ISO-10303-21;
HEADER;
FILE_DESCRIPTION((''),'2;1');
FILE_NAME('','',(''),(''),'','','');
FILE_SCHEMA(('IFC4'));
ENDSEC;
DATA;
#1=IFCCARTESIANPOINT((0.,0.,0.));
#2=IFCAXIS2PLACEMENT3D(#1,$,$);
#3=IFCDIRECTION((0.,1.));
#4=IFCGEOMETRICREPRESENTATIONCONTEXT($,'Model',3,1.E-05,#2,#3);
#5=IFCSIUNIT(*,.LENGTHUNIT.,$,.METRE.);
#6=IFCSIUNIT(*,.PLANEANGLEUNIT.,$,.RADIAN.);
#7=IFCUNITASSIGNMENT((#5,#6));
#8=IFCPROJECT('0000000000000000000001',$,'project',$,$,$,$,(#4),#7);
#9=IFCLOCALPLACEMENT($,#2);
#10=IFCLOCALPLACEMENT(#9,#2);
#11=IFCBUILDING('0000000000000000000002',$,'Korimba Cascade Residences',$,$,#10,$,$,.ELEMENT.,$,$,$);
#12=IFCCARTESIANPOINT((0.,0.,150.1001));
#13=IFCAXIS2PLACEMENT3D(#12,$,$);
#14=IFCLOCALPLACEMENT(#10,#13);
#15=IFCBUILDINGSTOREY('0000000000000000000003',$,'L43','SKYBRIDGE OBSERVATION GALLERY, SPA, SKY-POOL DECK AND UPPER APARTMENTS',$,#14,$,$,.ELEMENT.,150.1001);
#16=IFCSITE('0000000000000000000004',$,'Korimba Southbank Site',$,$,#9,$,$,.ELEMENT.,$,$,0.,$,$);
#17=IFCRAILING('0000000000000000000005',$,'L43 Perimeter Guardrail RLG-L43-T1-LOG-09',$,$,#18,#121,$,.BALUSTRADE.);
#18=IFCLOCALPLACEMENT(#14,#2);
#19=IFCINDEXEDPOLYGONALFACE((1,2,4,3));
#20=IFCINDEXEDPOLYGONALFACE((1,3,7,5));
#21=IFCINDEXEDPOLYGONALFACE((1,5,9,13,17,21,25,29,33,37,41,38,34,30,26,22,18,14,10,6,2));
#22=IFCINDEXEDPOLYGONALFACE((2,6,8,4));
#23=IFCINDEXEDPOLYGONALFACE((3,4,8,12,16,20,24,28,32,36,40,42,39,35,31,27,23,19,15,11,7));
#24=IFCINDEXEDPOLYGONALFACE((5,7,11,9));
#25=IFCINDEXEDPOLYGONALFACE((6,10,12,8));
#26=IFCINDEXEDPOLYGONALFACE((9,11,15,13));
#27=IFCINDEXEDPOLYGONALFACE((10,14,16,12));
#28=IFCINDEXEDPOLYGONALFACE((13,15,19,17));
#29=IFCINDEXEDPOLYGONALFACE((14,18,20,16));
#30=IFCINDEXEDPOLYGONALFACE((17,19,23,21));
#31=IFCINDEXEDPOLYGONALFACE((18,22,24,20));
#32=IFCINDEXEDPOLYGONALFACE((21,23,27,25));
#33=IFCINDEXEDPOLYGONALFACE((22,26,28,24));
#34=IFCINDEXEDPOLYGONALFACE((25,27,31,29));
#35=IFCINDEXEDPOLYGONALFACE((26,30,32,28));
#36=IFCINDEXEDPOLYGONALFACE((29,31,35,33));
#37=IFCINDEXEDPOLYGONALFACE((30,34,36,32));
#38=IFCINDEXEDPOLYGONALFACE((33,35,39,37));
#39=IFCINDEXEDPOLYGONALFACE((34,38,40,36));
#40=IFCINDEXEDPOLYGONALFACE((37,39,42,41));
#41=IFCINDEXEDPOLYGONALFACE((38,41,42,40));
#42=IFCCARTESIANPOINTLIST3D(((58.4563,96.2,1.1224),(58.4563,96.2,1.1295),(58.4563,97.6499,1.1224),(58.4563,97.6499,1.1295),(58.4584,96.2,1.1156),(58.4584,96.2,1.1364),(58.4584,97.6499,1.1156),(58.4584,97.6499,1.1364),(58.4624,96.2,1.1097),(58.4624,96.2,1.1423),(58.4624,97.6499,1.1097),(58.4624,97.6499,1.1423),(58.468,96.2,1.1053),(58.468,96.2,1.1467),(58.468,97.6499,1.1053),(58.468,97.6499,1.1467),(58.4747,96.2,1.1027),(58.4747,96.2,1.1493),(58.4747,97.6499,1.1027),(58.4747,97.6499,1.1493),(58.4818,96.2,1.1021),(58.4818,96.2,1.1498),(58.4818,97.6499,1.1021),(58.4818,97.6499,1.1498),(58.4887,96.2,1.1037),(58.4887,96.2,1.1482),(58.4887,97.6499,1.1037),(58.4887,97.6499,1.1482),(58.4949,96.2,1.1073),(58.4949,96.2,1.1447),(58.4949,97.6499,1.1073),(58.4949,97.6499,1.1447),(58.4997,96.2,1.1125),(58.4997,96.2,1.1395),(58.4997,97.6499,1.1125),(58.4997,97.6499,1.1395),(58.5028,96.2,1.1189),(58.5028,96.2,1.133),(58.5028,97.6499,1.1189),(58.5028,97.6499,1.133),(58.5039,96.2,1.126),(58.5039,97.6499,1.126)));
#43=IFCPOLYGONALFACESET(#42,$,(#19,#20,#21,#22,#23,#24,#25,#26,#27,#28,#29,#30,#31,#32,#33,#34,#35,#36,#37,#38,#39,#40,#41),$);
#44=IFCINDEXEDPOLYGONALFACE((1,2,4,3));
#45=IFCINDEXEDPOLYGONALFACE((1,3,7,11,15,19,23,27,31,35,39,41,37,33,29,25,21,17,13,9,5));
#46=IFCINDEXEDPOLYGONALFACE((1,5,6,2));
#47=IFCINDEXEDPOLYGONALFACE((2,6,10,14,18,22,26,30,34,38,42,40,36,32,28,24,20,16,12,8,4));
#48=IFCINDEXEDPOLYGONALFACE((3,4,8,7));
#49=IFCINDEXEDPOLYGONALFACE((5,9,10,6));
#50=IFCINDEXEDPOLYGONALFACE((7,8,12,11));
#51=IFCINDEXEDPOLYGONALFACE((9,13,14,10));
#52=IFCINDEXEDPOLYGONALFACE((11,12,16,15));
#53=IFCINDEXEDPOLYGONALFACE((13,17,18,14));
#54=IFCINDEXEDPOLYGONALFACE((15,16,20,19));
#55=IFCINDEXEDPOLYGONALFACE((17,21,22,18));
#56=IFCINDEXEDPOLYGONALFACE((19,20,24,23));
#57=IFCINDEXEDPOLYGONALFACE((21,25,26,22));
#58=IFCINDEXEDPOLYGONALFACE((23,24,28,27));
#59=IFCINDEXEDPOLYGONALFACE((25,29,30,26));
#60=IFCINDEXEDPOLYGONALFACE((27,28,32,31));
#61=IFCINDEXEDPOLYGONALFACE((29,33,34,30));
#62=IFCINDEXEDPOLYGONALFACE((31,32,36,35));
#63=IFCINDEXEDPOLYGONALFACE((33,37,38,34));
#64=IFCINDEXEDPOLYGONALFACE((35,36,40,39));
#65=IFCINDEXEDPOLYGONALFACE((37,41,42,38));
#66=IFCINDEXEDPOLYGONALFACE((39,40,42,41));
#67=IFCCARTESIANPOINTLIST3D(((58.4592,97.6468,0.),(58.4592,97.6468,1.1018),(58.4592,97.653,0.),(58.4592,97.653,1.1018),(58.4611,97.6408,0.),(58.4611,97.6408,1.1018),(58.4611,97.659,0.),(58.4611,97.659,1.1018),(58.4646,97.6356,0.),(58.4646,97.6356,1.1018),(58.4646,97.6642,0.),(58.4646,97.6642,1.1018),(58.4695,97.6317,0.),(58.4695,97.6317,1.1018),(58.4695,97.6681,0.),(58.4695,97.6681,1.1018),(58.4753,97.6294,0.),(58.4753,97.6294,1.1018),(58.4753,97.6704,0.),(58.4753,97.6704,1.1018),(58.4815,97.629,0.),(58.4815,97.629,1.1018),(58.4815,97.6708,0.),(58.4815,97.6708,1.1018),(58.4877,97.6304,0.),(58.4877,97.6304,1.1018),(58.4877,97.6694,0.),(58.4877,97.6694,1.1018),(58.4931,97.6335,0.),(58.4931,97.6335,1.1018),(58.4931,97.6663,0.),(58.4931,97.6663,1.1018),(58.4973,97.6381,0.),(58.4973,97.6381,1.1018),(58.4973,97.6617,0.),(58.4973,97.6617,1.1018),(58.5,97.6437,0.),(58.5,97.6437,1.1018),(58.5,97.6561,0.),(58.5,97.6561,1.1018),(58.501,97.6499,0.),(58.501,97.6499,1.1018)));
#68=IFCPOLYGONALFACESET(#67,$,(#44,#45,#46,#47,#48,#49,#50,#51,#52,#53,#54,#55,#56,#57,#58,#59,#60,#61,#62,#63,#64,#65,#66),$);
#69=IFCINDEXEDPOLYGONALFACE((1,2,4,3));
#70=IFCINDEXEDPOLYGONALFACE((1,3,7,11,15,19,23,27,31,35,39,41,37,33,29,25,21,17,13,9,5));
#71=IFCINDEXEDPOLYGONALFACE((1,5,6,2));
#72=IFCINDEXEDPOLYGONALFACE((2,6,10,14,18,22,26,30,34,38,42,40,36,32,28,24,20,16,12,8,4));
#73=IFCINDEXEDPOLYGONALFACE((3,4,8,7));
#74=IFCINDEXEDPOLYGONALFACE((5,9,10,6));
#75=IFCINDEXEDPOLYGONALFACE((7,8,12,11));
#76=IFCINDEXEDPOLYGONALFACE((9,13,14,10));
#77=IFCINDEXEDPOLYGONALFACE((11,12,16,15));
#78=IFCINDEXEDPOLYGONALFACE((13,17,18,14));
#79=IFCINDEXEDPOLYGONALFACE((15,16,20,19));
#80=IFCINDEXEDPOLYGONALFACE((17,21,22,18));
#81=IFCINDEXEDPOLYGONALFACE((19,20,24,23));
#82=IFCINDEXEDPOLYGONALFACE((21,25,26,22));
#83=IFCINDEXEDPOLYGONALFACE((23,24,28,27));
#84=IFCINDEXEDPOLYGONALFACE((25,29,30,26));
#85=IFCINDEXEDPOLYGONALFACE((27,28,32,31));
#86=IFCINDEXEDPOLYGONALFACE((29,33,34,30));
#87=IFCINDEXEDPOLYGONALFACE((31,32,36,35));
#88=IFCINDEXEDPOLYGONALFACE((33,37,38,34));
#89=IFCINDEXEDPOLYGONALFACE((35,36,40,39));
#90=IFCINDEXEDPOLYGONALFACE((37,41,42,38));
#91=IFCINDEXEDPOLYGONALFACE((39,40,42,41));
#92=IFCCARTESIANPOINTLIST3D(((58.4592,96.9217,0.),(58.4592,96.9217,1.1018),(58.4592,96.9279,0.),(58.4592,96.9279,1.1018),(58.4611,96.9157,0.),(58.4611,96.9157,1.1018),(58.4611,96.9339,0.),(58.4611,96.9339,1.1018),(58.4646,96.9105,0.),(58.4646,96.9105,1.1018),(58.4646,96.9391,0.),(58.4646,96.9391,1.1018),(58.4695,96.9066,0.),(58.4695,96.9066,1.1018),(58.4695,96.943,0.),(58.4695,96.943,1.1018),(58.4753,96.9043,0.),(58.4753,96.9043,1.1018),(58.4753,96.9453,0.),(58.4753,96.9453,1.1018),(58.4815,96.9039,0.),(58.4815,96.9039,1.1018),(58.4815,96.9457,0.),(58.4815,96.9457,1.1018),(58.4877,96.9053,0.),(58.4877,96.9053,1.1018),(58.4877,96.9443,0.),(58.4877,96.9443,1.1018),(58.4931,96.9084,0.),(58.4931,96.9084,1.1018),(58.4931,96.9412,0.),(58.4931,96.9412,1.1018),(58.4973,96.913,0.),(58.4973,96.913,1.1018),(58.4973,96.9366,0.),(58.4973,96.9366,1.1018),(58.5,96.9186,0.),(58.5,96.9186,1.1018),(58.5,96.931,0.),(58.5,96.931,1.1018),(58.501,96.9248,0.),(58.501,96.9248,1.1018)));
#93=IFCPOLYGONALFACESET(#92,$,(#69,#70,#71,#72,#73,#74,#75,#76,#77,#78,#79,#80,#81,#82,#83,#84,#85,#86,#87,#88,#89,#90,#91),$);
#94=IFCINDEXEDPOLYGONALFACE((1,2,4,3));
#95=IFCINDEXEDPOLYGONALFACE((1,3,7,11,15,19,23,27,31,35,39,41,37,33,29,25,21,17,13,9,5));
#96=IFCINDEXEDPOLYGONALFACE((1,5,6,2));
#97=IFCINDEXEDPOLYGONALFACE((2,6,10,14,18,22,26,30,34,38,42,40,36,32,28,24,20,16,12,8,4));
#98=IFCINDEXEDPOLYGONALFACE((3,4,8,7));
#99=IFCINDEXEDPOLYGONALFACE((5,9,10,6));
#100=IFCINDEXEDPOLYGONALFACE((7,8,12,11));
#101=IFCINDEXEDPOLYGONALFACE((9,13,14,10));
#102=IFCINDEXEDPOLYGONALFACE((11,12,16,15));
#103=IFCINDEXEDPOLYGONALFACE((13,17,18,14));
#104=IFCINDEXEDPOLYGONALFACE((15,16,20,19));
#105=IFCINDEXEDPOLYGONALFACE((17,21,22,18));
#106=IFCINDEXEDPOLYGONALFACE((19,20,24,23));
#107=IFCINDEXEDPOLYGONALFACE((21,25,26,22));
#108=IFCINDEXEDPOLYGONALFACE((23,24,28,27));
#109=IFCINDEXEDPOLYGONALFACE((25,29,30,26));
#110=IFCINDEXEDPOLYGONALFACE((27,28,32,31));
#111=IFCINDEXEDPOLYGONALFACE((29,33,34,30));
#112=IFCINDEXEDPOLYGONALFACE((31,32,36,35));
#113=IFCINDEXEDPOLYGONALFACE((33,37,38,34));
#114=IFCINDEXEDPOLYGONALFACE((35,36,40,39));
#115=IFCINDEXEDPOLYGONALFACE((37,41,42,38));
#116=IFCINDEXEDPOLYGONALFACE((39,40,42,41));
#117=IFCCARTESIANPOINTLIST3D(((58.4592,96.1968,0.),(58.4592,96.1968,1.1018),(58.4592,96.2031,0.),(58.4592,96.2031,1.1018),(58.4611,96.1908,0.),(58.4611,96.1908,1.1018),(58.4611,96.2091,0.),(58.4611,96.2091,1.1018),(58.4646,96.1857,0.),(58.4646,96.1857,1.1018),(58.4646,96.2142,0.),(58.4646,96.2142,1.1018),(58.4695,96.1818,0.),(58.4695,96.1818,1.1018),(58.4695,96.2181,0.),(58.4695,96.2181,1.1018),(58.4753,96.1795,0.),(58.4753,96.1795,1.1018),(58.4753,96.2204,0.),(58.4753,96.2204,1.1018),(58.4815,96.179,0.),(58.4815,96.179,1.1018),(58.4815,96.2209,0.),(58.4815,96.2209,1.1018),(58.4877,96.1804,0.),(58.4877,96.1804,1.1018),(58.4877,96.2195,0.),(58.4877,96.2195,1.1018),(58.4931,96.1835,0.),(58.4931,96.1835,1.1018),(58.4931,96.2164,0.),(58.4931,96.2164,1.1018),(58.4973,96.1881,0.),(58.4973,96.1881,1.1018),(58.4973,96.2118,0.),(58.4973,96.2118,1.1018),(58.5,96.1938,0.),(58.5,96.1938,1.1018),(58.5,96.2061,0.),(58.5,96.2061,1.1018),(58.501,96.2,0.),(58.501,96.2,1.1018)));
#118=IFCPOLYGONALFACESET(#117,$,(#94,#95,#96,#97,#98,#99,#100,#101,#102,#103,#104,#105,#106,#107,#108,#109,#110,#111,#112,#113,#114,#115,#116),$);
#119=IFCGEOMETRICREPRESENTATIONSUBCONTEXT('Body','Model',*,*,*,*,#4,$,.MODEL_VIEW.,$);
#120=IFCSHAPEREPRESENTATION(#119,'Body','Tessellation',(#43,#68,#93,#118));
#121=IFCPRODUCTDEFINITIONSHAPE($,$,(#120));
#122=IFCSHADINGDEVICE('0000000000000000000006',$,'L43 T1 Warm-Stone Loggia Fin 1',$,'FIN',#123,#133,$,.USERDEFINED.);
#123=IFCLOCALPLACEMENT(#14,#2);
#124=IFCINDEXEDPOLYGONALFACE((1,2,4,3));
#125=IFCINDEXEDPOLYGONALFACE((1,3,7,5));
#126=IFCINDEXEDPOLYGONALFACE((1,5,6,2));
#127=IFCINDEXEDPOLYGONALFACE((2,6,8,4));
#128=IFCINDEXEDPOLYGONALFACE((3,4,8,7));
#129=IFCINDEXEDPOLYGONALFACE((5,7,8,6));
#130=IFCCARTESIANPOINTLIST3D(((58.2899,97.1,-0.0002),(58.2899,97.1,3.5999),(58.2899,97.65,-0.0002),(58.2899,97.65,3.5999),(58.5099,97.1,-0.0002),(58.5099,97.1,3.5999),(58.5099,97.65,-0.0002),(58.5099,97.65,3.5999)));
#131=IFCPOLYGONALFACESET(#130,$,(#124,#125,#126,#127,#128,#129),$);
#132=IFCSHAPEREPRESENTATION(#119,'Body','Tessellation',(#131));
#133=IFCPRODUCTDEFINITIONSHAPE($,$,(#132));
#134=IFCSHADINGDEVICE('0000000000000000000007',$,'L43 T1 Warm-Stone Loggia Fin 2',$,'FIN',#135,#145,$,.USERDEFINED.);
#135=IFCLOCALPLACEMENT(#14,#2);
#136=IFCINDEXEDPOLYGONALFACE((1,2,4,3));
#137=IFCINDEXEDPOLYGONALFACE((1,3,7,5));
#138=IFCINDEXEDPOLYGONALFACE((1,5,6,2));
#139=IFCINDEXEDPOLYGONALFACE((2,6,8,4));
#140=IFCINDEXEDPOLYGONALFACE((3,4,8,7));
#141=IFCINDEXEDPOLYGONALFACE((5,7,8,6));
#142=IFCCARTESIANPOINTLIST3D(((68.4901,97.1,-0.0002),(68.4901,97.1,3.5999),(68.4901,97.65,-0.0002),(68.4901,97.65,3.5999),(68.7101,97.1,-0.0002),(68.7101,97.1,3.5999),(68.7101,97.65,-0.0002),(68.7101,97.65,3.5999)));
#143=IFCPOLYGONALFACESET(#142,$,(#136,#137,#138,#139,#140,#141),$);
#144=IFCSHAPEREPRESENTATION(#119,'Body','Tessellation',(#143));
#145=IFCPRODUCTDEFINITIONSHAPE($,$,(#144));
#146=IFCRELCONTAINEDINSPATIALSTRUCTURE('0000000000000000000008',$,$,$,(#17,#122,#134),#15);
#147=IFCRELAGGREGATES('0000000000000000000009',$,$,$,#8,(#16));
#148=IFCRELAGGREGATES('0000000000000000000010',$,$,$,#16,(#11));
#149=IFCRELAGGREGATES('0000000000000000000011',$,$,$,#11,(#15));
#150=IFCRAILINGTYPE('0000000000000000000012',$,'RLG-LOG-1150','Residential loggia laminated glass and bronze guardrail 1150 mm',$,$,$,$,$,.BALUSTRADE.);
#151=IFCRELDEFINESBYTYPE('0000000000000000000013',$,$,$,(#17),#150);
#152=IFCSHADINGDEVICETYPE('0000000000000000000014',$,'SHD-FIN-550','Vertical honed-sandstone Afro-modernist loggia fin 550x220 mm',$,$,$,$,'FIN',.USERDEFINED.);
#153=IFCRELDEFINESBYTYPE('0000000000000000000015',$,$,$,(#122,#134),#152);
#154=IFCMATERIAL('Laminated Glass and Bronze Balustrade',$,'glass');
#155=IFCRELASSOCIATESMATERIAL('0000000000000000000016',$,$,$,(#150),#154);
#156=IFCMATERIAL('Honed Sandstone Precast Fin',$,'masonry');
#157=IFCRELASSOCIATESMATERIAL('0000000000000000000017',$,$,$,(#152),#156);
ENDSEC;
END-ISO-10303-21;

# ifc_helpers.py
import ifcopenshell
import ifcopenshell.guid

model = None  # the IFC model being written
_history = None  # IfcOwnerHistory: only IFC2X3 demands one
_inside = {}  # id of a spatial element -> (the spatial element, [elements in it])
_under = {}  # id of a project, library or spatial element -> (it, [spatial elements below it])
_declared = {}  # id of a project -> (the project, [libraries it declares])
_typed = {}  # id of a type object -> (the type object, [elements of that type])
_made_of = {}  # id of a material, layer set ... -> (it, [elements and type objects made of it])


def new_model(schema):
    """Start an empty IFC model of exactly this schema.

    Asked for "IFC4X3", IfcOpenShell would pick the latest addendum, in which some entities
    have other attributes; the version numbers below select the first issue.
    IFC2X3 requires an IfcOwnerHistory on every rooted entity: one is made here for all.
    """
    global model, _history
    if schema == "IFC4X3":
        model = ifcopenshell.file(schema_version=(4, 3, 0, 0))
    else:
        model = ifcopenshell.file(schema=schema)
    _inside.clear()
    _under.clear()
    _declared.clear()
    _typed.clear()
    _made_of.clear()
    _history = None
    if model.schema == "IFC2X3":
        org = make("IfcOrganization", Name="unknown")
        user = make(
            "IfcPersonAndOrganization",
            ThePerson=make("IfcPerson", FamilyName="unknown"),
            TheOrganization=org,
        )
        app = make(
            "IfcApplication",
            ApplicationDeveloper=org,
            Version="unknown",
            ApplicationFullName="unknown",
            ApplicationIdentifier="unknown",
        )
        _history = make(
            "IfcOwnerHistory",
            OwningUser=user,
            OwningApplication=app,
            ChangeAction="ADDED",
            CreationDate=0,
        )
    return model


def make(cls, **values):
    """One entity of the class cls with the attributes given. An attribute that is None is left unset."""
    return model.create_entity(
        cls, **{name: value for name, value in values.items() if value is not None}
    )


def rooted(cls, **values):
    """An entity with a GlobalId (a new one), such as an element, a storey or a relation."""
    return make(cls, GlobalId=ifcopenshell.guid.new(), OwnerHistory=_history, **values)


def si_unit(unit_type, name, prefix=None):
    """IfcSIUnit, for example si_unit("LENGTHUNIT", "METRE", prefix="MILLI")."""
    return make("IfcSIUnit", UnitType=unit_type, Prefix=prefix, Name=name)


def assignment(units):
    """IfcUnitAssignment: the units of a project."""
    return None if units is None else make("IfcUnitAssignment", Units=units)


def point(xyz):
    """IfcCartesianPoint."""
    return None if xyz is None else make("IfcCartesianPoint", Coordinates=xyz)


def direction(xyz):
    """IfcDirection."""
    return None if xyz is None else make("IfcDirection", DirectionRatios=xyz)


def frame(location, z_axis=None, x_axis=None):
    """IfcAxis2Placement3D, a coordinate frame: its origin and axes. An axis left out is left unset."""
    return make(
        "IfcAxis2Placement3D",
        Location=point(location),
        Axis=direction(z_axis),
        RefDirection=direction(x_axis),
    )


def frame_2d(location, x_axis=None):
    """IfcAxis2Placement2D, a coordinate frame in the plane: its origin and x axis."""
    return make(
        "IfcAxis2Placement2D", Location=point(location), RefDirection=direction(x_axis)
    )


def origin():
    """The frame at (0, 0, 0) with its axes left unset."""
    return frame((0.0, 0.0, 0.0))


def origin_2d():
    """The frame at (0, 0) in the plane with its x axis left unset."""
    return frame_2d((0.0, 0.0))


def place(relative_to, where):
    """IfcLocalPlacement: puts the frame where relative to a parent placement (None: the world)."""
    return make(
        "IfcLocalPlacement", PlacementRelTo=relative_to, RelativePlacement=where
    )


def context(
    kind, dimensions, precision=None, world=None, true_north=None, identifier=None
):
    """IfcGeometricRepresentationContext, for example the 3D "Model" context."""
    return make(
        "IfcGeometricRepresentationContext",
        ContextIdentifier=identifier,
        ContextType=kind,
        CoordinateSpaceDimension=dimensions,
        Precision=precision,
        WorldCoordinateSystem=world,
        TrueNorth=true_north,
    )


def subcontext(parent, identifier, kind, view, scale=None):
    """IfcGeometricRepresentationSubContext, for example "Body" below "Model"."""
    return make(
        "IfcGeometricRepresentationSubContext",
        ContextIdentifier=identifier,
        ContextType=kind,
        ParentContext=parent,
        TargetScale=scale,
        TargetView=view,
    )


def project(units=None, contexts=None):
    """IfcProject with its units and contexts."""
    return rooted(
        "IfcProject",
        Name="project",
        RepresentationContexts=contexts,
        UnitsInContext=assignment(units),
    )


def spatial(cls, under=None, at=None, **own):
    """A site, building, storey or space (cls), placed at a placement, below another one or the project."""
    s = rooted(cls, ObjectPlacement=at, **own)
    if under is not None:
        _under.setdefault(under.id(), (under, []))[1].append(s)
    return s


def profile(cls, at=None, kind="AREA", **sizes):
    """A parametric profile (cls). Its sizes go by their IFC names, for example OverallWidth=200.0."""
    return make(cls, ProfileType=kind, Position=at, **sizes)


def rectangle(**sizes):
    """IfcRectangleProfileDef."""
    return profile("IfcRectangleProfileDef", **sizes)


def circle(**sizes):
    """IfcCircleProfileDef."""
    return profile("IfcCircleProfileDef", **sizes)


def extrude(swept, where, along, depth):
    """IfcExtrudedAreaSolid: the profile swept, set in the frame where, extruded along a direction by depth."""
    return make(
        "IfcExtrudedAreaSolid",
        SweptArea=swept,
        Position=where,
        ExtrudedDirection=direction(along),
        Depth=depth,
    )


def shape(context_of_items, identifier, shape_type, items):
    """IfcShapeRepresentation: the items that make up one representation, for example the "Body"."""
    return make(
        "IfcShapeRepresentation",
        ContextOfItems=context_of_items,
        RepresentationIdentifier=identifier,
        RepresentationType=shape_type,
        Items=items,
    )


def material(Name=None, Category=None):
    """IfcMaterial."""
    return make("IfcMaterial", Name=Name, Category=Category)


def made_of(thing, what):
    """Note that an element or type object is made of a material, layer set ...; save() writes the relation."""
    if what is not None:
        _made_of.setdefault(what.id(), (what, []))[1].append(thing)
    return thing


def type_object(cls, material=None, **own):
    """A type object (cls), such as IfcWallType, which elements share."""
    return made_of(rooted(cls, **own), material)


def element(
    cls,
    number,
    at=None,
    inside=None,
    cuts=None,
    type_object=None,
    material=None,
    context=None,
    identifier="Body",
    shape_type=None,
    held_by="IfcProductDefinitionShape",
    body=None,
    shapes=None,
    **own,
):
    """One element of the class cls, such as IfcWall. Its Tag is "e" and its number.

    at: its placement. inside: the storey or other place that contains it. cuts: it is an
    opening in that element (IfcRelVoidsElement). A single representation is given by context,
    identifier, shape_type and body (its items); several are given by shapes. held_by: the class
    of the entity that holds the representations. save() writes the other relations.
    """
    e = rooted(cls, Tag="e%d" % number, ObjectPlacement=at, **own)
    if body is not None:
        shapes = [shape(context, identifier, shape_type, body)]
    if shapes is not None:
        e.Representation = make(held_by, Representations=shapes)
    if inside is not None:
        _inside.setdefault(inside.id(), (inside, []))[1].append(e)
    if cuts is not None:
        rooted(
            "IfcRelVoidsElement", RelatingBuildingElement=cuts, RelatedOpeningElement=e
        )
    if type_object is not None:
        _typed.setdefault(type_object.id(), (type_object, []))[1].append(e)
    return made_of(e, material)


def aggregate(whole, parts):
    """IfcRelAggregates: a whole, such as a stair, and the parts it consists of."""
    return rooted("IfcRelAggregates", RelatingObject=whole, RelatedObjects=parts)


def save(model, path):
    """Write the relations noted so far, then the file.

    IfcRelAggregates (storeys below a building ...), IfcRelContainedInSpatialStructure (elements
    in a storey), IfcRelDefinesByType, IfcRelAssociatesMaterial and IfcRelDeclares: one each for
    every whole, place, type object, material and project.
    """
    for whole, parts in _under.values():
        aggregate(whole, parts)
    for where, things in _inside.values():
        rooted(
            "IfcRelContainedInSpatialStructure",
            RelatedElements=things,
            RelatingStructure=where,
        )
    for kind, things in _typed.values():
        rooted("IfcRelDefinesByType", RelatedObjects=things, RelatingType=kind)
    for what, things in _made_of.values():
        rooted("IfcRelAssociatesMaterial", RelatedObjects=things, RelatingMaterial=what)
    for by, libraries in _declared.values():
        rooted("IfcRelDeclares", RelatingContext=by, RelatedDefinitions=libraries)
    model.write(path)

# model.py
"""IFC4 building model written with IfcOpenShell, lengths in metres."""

from ifc_helpers import new_model, si_unit, direction, frame, origin, origin_2d, place, context, subcontext, project, spatial, rectangle, circle, extrude, material, type_object, element, save


model = new_model("IFC4")

# Units and contexts
model_context = context("Model", 3, precision=1e-05, world=origin(), true_north=direction((0.0, 1.0)))
body_context = subcontext(model_context, "Body", "Model", "MODEL_VIEW")
ifc_project = project(units=[si_unit("LENGTHUNIT", "METRE"), si_unit("PLANEANGLEUNIT", "RADIAN")], contexts=[model_context])

# Site, building, storey
site_placement = place(None, origin())
site = spatial("IfcSite", under=ifc_project, at=site_placement, Name="Korimba Southbank Site", CompositionType="ELEMENT", RefElevation=0.0)
building_placement = place(site_placement, origin())
building = spatial("IfcBuilding", under=site, at=building_placement, Name="Korimba Cascade Residences", CompositionType="ELEMENT")
storey_placement = place(building_placement, frame((0.0, 0.0, 150.1001)))
storey = spatial("IfcBuildingStorey", under=building, at=storey_placement, Name="L43", Description="SKYBRIDGE OBSERVATION GALLERY, SPA, SKY-POOL DECK AND UPPER APARTMENTS", CompositionType="ELEMENT", Elevation=150.1001)

# Railing
ifc_material_1 = material(Name="Laminated Glass and Bronze Balustrade", Category="glass")
railing_type = type_object("IfcRailingType", Name="RLG-LOG-1150", Description="Residential loggia laminated glass and bronze guardrail 1150 mm", PredefinedType="BALUSTRADE", material=ifc_material_1)
railing_1_placement = place(storey_placement, frame((58.48, 97.6499, 0.0)))
element("IfcRailing", 1, at=railing_1_placement, inside=storey, type_object=railing_type, Name="L43 Perimeter Guardrail RLG-L43-T1-LOG-09", PredefinedType="BALUSTRADE", context=body_context, shape_type="SweptSolid", body=[
    extrude(circle(Radius=0.0239, at=origin_2d()), frame((0.0, 0.0, 1.126), z_axis=(0.0, -1.0, 0.0), x_axis=(1.0, 0.0, 0.0)), (0.0, 0.0, 1.0), 1.45),
    extrude(circle(Radius=0.021, at=origin_2d()), origin(), (0.0, 0.0, 1.0), 1.1018),
    extrude(circle(Radius=0.021, at=origin_2d()), frame((0.0, -0.7251, 0.0)), (0.0, 0.0, 1.0), 1.1018),
    extrude(circle(Radius=0.021, at=origin_2d()), frame((0.0, -1.45, 0.0)), (0.0, 0.0, 1.0), 1.1018),
])

# Shading devices
ifc_material_2 = material(Name="Honed Sandstone Precast Fin", Category="masonry")
shading_device_type = type_object("IfcShadingDeviceType", Name="SHD-FIN-550", Description="Vertical honed-sandstone Afro-modernist loggia fin 550x220 mm", ElementType="FIN", PredefinedType="USERDEFINED", material=ifc_material_2)
for number, where, z_axis, x_axis, name in (
    (2, (58.3999, 97.375, -0.0002), (0.0, 0.0, 1.0), (1.0, 0.0, 0.0), "L43 T1 Warm-Stone Loggia Fin 1"),
    (3, (68.6001, 97.375, -0.0002), (0.0, 0.0, 1.0), (1.0, 0.0, 0.0), "L43 T1 Warm-Stone Loggia Fin 2"),
):
    element("IfcShadingDevice", number, at=place(storey_placement, frame(where, z_axis=z_axis, x_axis=x_axis)), inside=storey, type_object=shading_device_type, Name=name, ObjectType="FIN", PredefinedType="USERDEFINED", context=body_context, shape_type="SweptSolid", body=[
        extrude(rectangle(XDim=0.22, YDim=0.55, at=origin_2d()), origin(), (0.0, 0.0, 1.0), 3.6001),
    ])

save(model, "model.ifc")
